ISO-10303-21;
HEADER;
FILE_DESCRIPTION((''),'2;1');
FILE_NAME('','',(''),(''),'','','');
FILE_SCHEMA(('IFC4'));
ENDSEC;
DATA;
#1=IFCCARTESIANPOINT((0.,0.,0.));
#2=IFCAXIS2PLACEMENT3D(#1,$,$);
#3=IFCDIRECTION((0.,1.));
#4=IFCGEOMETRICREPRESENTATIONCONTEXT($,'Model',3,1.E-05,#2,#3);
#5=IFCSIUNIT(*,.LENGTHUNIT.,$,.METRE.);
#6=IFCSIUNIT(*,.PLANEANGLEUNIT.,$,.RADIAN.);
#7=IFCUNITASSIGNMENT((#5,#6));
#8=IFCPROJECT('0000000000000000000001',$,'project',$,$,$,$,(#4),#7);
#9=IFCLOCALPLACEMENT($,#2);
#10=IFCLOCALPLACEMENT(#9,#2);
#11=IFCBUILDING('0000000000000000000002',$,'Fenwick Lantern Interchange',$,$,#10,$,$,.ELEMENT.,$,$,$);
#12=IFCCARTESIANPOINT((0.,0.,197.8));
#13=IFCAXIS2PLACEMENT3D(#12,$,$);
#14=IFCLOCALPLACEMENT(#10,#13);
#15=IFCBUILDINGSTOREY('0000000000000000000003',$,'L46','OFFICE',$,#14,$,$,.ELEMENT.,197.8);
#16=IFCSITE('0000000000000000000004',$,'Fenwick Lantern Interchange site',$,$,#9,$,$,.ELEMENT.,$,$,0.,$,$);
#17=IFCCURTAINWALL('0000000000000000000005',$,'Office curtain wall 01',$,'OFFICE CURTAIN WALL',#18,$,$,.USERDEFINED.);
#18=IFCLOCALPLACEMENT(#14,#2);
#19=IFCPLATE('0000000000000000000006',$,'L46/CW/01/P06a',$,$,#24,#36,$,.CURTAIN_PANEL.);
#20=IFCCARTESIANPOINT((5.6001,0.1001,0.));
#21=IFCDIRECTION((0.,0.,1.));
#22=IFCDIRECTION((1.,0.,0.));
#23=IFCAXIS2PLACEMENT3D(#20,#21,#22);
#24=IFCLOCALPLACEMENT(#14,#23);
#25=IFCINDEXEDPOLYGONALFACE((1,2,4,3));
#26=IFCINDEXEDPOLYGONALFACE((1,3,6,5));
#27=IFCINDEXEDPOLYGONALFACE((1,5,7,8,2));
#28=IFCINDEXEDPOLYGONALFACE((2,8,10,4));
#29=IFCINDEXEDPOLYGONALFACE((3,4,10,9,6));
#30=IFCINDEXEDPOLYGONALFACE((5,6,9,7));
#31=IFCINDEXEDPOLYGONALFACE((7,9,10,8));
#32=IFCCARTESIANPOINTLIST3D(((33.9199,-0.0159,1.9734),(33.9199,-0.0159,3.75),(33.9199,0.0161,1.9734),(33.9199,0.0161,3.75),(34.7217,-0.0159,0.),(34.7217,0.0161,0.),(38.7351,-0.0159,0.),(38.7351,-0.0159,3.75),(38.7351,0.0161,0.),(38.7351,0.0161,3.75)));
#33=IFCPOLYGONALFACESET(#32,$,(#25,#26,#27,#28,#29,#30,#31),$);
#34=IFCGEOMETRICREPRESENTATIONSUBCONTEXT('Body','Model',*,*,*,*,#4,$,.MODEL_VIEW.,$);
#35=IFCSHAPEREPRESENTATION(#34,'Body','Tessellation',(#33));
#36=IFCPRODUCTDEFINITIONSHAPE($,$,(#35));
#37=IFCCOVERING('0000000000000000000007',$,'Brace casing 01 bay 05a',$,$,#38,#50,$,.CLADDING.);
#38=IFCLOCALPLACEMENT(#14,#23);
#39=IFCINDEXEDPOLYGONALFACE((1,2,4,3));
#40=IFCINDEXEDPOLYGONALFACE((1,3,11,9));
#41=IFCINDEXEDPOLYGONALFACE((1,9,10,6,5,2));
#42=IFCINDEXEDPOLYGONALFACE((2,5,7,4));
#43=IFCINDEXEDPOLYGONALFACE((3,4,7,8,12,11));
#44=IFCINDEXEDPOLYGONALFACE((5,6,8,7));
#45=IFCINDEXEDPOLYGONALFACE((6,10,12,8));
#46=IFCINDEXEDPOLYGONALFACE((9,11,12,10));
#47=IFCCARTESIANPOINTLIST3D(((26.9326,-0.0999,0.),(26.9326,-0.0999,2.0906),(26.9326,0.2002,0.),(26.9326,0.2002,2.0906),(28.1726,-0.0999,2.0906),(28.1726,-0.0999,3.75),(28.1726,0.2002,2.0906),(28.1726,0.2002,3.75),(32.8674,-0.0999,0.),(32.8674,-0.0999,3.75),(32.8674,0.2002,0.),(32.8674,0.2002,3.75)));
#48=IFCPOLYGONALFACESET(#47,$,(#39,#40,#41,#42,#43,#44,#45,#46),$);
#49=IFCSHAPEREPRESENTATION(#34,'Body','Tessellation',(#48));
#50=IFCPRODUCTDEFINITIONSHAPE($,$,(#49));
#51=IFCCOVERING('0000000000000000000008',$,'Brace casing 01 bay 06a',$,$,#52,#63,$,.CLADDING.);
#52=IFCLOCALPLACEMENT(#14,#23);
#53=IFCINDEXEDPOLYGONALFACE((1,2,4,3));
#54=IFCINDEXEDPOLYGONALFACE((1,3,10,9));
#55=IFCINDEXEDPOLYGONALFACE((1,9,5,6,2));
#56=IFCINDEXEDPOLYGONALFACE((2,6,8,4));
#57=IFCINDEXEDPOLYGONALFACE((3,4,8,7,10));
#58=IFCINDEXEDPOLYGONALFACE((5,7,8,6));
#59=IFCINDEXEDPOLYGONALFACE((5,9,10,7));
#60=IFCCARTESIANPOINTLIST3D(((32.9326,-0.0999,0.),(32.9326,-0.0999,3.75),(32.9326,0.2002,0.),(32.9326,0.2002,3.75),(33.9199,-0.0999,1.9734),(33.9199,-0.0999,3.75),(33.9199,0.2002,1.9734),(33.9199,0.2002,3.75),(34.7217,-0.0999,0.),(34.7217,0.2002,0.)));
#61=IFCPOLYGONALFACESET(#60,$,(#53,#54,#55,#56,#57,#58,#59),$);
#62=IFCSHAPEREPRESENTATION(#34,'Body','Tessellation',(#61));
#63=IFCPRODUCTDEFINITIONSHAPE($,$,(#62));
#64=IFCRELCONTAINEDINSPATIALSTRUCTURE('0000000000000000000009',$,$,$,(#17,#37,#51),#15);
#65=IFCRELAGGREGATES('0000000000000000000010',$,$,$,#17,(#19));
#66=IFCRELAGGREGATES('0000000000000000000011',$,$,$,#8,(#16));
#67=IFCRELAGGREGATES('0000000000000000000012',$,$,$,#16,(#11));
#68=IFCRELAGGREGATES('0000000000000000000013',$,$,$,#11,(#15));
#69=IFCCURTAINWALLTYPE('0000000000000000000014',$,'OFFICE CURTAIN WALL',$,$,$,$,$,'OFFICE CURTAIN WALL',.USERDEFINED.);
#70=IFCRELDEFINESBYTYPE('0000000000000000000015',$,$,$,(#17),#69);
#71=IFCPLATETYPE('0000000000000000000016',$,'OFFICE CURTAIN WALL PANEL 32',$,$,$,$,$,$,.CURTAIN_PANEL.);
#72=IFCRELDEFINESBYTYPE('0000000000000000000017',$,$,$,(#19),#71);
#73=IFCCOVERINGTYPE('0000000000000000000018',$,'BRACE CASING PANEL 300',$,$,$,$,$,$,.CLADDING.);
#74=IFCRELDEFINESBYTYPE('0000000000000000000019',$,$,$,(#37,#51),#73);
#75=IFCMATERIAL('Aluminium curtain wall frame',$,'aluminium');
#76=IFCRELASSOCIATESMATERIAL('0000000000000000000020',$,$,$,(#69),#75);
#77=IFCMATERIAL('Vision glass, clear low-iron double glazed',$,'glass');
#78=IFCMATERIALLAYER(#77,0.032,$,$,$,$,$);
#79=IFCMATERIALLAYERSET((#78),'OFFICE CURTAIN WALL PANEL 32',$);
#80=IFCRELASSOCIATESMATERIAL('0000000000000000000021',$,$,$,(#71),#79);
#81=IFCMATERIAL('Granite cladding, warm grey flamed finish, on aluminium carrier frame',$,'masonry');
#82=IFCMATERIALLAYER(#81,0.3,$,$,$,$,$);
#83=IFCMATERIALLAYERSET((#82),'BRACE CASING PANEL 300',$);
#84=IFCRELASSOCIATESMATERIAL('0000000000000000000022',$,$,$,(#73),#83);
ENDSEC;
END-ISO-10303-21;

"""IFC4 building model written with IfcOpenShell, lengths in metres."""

from ifc_helpers import new_model, si_unit, direction, frame, origin, place, context, subcontext, project, spatial, polyline, outline, extrude, material, layer, layer_set, type_object, element, aggregate, save


model = new_model("IFC4")

# Units and contexts
model_context = context("Model", 3, precision=1e-05, world=origin(), true_north=direction((0.0, 1.0)))
body_context = subcontext(model_context, "Body", "Model", "MODEL_VIEW")
ifc_project = project(units=[si_unit("LENGTHUNIT", "METRE"), si_unit("PLANEANGLEUNIT", "RADIAN")], contexts=[model_context])

# Site, building, storey
site_placement = place(None, origin())
site = spatial("IfcSite", under=ifc_project, at=site_placement, Name="Fenwick Lantern Interchange site", CompositionType="ELEMENT", RefElevation=0.0)
building_placement = place(site_placement, origin())
building = spatial("IfcBuilding", under=site, at=building_placement, Name="Fenwick Lantern Interchange", CompositionType="ELEMENT")
storey_placement = place(building_placement, frame((0.0, 0.0, 197.8)))
storey = spatial("IfcBuildingStorey", under=building, at=storey_placement, Name="L46", Description="OFFICE", CompositionType="ELEMENT", Elevation=197.8)

# Curtain wall
ifc_material_1 = material(Name="Aluminium curtain wall frame", Category="aluminium")
curtain_wall_type = type_object("IfcCurtainWallType", Name="OFFICE CURTAIN WALL", ElementType="OFFICE CURTAIN WALL", PredefinedType="USERDEFINED", material=ifc_material_1)
curtain_wall_1_placement = place(storey_placement, origin())
curtain_wall_1 = element("IfcCurtainWall", 1, at=curtain_wall_1_placement, inside=storey, type_object=curtain_wall_type, Name="Office curtain wall 01", ObjectType="OFFICE CURTAIN WALL", PredefinedType="USERDEFINED")

# Plate
ifc_material_2 = material(Name="Vision glass, clear low-iron double glazed", Category="glass")
ifc_layer_1 = layer(ifc_material_2, 0.032)
ifc_layer_set_1 = layer_set([ifc_layer_1], Name="OFFICE CURTAIN WALL PANEL 32")
plate_type = type_object("IfcPlateType", Name="OFFICE CURTAIN WALL PANEL 32", PredefinedType="CURTAIN_PANEL", material=ifc_layer_set_1)
plate_1_placement = place(storey_placement, frame((5.6001, 0.1001, 0.0), z_axis=(0.0, 0.0, 1.0), x_axis=(1.0, 0.0, 0.0)))
plate_1 = element("IfcPlate", 2, at=plate_1_placement, type_object=plate_type, Name="L46/CW/01/P06a", PredefinedType="CURTAIN_PANEL", context=body_context, shape_type="SweptSolid", body=[
    extrude(outline(polyline([(34.7217, 0.0), (38.7351, 0.0), (38.7351, 3.75), (33.9199, 3.75), (33.9199, 1.9734), (34.7217, 0.0)])), frame((0.0, 0.0161, 0.0), z_axis=(0.0, -1.0, 0.0), x_axis=(1.0, 0.0, 0.0)), (0.0, 0.0, 1.0), 0.032),
])
aggregate(curtain_wall_1, [plate_1])

# Coverings
ifc_material_3 = material(Name="Granite cladding, warm grey flamed finish, on aluminium carrier frame", Category="masonry")
ifc_layer_2 = layer(ifc_material_3, 0.3)
ifc_layer_set_2 = layer_set([ifc_layer_2], Name="BRACE CASING PANEL 300")
covering_type = type_object("IfcCoveringType", Name="BRACE CASING PANEL 300", PredefinedType="CLADDING", material=ifc_layer_set_2)
covering_1_placement = place(storey_placement, frame((5.6001, 0.1001, 0.0), z_axis=(0.0, 0.0, 1.0), x_axis=(1.0, 0.0, 0.0)))
element("IfcCovering", 3, at=covering_1_placement, inside=storey, type_object=covering_type, Name="Brace casing 01 bay 05a", PredefinedType="CLADDING", context=body_context, shape_type="SweptSolid", body=[
    extrude(outline(polyline([(26.9326, 0.0), (32.8674, 0.0), (32.8674, 3.75), (28.1726, 3.75), (28.1726, 2.0906), (26.9326, 2.0906), (26.9326, 0.0)])), frame((0.0, 0.2002, 0.0), z_axis=(0.0, -1.0, 0.0), x_axis=(1.0, 0.0, 0.0)), (0.0, 0.0, 1.0), 0.3),
])
covering_2_placement = place(storey_placement, frame((5.6001, 0.1001, 0.0), z_axis=(0.0, 0.0, 1.0), x_axis=(1.0, 0.0, 0.0)))
element("IfcCovering", 4, at=covering_2_placement, inside=storey, type_object=covering_type, Name="Brace casing 01 bay 06a", PredefinedType="CLADDING", context=body_context, shape_type="SweptSolid", body=[
    extrude(outline(polyline([(32.9326, 0.0), (34.7217, 0.0), (33.9199, 1.9734), (33.9199, 3.75), (32.9326, 3.75), (32.9326, 0.0)])), frame((0.0, 0.2002, 0.0), z_axis=(0.0, -1.0, 0.0), x_axis=(1.0, 0.0, 0.0)), (0.0, 0.0, 1.0), 0.3),
])

save(model, "model.ifc")
